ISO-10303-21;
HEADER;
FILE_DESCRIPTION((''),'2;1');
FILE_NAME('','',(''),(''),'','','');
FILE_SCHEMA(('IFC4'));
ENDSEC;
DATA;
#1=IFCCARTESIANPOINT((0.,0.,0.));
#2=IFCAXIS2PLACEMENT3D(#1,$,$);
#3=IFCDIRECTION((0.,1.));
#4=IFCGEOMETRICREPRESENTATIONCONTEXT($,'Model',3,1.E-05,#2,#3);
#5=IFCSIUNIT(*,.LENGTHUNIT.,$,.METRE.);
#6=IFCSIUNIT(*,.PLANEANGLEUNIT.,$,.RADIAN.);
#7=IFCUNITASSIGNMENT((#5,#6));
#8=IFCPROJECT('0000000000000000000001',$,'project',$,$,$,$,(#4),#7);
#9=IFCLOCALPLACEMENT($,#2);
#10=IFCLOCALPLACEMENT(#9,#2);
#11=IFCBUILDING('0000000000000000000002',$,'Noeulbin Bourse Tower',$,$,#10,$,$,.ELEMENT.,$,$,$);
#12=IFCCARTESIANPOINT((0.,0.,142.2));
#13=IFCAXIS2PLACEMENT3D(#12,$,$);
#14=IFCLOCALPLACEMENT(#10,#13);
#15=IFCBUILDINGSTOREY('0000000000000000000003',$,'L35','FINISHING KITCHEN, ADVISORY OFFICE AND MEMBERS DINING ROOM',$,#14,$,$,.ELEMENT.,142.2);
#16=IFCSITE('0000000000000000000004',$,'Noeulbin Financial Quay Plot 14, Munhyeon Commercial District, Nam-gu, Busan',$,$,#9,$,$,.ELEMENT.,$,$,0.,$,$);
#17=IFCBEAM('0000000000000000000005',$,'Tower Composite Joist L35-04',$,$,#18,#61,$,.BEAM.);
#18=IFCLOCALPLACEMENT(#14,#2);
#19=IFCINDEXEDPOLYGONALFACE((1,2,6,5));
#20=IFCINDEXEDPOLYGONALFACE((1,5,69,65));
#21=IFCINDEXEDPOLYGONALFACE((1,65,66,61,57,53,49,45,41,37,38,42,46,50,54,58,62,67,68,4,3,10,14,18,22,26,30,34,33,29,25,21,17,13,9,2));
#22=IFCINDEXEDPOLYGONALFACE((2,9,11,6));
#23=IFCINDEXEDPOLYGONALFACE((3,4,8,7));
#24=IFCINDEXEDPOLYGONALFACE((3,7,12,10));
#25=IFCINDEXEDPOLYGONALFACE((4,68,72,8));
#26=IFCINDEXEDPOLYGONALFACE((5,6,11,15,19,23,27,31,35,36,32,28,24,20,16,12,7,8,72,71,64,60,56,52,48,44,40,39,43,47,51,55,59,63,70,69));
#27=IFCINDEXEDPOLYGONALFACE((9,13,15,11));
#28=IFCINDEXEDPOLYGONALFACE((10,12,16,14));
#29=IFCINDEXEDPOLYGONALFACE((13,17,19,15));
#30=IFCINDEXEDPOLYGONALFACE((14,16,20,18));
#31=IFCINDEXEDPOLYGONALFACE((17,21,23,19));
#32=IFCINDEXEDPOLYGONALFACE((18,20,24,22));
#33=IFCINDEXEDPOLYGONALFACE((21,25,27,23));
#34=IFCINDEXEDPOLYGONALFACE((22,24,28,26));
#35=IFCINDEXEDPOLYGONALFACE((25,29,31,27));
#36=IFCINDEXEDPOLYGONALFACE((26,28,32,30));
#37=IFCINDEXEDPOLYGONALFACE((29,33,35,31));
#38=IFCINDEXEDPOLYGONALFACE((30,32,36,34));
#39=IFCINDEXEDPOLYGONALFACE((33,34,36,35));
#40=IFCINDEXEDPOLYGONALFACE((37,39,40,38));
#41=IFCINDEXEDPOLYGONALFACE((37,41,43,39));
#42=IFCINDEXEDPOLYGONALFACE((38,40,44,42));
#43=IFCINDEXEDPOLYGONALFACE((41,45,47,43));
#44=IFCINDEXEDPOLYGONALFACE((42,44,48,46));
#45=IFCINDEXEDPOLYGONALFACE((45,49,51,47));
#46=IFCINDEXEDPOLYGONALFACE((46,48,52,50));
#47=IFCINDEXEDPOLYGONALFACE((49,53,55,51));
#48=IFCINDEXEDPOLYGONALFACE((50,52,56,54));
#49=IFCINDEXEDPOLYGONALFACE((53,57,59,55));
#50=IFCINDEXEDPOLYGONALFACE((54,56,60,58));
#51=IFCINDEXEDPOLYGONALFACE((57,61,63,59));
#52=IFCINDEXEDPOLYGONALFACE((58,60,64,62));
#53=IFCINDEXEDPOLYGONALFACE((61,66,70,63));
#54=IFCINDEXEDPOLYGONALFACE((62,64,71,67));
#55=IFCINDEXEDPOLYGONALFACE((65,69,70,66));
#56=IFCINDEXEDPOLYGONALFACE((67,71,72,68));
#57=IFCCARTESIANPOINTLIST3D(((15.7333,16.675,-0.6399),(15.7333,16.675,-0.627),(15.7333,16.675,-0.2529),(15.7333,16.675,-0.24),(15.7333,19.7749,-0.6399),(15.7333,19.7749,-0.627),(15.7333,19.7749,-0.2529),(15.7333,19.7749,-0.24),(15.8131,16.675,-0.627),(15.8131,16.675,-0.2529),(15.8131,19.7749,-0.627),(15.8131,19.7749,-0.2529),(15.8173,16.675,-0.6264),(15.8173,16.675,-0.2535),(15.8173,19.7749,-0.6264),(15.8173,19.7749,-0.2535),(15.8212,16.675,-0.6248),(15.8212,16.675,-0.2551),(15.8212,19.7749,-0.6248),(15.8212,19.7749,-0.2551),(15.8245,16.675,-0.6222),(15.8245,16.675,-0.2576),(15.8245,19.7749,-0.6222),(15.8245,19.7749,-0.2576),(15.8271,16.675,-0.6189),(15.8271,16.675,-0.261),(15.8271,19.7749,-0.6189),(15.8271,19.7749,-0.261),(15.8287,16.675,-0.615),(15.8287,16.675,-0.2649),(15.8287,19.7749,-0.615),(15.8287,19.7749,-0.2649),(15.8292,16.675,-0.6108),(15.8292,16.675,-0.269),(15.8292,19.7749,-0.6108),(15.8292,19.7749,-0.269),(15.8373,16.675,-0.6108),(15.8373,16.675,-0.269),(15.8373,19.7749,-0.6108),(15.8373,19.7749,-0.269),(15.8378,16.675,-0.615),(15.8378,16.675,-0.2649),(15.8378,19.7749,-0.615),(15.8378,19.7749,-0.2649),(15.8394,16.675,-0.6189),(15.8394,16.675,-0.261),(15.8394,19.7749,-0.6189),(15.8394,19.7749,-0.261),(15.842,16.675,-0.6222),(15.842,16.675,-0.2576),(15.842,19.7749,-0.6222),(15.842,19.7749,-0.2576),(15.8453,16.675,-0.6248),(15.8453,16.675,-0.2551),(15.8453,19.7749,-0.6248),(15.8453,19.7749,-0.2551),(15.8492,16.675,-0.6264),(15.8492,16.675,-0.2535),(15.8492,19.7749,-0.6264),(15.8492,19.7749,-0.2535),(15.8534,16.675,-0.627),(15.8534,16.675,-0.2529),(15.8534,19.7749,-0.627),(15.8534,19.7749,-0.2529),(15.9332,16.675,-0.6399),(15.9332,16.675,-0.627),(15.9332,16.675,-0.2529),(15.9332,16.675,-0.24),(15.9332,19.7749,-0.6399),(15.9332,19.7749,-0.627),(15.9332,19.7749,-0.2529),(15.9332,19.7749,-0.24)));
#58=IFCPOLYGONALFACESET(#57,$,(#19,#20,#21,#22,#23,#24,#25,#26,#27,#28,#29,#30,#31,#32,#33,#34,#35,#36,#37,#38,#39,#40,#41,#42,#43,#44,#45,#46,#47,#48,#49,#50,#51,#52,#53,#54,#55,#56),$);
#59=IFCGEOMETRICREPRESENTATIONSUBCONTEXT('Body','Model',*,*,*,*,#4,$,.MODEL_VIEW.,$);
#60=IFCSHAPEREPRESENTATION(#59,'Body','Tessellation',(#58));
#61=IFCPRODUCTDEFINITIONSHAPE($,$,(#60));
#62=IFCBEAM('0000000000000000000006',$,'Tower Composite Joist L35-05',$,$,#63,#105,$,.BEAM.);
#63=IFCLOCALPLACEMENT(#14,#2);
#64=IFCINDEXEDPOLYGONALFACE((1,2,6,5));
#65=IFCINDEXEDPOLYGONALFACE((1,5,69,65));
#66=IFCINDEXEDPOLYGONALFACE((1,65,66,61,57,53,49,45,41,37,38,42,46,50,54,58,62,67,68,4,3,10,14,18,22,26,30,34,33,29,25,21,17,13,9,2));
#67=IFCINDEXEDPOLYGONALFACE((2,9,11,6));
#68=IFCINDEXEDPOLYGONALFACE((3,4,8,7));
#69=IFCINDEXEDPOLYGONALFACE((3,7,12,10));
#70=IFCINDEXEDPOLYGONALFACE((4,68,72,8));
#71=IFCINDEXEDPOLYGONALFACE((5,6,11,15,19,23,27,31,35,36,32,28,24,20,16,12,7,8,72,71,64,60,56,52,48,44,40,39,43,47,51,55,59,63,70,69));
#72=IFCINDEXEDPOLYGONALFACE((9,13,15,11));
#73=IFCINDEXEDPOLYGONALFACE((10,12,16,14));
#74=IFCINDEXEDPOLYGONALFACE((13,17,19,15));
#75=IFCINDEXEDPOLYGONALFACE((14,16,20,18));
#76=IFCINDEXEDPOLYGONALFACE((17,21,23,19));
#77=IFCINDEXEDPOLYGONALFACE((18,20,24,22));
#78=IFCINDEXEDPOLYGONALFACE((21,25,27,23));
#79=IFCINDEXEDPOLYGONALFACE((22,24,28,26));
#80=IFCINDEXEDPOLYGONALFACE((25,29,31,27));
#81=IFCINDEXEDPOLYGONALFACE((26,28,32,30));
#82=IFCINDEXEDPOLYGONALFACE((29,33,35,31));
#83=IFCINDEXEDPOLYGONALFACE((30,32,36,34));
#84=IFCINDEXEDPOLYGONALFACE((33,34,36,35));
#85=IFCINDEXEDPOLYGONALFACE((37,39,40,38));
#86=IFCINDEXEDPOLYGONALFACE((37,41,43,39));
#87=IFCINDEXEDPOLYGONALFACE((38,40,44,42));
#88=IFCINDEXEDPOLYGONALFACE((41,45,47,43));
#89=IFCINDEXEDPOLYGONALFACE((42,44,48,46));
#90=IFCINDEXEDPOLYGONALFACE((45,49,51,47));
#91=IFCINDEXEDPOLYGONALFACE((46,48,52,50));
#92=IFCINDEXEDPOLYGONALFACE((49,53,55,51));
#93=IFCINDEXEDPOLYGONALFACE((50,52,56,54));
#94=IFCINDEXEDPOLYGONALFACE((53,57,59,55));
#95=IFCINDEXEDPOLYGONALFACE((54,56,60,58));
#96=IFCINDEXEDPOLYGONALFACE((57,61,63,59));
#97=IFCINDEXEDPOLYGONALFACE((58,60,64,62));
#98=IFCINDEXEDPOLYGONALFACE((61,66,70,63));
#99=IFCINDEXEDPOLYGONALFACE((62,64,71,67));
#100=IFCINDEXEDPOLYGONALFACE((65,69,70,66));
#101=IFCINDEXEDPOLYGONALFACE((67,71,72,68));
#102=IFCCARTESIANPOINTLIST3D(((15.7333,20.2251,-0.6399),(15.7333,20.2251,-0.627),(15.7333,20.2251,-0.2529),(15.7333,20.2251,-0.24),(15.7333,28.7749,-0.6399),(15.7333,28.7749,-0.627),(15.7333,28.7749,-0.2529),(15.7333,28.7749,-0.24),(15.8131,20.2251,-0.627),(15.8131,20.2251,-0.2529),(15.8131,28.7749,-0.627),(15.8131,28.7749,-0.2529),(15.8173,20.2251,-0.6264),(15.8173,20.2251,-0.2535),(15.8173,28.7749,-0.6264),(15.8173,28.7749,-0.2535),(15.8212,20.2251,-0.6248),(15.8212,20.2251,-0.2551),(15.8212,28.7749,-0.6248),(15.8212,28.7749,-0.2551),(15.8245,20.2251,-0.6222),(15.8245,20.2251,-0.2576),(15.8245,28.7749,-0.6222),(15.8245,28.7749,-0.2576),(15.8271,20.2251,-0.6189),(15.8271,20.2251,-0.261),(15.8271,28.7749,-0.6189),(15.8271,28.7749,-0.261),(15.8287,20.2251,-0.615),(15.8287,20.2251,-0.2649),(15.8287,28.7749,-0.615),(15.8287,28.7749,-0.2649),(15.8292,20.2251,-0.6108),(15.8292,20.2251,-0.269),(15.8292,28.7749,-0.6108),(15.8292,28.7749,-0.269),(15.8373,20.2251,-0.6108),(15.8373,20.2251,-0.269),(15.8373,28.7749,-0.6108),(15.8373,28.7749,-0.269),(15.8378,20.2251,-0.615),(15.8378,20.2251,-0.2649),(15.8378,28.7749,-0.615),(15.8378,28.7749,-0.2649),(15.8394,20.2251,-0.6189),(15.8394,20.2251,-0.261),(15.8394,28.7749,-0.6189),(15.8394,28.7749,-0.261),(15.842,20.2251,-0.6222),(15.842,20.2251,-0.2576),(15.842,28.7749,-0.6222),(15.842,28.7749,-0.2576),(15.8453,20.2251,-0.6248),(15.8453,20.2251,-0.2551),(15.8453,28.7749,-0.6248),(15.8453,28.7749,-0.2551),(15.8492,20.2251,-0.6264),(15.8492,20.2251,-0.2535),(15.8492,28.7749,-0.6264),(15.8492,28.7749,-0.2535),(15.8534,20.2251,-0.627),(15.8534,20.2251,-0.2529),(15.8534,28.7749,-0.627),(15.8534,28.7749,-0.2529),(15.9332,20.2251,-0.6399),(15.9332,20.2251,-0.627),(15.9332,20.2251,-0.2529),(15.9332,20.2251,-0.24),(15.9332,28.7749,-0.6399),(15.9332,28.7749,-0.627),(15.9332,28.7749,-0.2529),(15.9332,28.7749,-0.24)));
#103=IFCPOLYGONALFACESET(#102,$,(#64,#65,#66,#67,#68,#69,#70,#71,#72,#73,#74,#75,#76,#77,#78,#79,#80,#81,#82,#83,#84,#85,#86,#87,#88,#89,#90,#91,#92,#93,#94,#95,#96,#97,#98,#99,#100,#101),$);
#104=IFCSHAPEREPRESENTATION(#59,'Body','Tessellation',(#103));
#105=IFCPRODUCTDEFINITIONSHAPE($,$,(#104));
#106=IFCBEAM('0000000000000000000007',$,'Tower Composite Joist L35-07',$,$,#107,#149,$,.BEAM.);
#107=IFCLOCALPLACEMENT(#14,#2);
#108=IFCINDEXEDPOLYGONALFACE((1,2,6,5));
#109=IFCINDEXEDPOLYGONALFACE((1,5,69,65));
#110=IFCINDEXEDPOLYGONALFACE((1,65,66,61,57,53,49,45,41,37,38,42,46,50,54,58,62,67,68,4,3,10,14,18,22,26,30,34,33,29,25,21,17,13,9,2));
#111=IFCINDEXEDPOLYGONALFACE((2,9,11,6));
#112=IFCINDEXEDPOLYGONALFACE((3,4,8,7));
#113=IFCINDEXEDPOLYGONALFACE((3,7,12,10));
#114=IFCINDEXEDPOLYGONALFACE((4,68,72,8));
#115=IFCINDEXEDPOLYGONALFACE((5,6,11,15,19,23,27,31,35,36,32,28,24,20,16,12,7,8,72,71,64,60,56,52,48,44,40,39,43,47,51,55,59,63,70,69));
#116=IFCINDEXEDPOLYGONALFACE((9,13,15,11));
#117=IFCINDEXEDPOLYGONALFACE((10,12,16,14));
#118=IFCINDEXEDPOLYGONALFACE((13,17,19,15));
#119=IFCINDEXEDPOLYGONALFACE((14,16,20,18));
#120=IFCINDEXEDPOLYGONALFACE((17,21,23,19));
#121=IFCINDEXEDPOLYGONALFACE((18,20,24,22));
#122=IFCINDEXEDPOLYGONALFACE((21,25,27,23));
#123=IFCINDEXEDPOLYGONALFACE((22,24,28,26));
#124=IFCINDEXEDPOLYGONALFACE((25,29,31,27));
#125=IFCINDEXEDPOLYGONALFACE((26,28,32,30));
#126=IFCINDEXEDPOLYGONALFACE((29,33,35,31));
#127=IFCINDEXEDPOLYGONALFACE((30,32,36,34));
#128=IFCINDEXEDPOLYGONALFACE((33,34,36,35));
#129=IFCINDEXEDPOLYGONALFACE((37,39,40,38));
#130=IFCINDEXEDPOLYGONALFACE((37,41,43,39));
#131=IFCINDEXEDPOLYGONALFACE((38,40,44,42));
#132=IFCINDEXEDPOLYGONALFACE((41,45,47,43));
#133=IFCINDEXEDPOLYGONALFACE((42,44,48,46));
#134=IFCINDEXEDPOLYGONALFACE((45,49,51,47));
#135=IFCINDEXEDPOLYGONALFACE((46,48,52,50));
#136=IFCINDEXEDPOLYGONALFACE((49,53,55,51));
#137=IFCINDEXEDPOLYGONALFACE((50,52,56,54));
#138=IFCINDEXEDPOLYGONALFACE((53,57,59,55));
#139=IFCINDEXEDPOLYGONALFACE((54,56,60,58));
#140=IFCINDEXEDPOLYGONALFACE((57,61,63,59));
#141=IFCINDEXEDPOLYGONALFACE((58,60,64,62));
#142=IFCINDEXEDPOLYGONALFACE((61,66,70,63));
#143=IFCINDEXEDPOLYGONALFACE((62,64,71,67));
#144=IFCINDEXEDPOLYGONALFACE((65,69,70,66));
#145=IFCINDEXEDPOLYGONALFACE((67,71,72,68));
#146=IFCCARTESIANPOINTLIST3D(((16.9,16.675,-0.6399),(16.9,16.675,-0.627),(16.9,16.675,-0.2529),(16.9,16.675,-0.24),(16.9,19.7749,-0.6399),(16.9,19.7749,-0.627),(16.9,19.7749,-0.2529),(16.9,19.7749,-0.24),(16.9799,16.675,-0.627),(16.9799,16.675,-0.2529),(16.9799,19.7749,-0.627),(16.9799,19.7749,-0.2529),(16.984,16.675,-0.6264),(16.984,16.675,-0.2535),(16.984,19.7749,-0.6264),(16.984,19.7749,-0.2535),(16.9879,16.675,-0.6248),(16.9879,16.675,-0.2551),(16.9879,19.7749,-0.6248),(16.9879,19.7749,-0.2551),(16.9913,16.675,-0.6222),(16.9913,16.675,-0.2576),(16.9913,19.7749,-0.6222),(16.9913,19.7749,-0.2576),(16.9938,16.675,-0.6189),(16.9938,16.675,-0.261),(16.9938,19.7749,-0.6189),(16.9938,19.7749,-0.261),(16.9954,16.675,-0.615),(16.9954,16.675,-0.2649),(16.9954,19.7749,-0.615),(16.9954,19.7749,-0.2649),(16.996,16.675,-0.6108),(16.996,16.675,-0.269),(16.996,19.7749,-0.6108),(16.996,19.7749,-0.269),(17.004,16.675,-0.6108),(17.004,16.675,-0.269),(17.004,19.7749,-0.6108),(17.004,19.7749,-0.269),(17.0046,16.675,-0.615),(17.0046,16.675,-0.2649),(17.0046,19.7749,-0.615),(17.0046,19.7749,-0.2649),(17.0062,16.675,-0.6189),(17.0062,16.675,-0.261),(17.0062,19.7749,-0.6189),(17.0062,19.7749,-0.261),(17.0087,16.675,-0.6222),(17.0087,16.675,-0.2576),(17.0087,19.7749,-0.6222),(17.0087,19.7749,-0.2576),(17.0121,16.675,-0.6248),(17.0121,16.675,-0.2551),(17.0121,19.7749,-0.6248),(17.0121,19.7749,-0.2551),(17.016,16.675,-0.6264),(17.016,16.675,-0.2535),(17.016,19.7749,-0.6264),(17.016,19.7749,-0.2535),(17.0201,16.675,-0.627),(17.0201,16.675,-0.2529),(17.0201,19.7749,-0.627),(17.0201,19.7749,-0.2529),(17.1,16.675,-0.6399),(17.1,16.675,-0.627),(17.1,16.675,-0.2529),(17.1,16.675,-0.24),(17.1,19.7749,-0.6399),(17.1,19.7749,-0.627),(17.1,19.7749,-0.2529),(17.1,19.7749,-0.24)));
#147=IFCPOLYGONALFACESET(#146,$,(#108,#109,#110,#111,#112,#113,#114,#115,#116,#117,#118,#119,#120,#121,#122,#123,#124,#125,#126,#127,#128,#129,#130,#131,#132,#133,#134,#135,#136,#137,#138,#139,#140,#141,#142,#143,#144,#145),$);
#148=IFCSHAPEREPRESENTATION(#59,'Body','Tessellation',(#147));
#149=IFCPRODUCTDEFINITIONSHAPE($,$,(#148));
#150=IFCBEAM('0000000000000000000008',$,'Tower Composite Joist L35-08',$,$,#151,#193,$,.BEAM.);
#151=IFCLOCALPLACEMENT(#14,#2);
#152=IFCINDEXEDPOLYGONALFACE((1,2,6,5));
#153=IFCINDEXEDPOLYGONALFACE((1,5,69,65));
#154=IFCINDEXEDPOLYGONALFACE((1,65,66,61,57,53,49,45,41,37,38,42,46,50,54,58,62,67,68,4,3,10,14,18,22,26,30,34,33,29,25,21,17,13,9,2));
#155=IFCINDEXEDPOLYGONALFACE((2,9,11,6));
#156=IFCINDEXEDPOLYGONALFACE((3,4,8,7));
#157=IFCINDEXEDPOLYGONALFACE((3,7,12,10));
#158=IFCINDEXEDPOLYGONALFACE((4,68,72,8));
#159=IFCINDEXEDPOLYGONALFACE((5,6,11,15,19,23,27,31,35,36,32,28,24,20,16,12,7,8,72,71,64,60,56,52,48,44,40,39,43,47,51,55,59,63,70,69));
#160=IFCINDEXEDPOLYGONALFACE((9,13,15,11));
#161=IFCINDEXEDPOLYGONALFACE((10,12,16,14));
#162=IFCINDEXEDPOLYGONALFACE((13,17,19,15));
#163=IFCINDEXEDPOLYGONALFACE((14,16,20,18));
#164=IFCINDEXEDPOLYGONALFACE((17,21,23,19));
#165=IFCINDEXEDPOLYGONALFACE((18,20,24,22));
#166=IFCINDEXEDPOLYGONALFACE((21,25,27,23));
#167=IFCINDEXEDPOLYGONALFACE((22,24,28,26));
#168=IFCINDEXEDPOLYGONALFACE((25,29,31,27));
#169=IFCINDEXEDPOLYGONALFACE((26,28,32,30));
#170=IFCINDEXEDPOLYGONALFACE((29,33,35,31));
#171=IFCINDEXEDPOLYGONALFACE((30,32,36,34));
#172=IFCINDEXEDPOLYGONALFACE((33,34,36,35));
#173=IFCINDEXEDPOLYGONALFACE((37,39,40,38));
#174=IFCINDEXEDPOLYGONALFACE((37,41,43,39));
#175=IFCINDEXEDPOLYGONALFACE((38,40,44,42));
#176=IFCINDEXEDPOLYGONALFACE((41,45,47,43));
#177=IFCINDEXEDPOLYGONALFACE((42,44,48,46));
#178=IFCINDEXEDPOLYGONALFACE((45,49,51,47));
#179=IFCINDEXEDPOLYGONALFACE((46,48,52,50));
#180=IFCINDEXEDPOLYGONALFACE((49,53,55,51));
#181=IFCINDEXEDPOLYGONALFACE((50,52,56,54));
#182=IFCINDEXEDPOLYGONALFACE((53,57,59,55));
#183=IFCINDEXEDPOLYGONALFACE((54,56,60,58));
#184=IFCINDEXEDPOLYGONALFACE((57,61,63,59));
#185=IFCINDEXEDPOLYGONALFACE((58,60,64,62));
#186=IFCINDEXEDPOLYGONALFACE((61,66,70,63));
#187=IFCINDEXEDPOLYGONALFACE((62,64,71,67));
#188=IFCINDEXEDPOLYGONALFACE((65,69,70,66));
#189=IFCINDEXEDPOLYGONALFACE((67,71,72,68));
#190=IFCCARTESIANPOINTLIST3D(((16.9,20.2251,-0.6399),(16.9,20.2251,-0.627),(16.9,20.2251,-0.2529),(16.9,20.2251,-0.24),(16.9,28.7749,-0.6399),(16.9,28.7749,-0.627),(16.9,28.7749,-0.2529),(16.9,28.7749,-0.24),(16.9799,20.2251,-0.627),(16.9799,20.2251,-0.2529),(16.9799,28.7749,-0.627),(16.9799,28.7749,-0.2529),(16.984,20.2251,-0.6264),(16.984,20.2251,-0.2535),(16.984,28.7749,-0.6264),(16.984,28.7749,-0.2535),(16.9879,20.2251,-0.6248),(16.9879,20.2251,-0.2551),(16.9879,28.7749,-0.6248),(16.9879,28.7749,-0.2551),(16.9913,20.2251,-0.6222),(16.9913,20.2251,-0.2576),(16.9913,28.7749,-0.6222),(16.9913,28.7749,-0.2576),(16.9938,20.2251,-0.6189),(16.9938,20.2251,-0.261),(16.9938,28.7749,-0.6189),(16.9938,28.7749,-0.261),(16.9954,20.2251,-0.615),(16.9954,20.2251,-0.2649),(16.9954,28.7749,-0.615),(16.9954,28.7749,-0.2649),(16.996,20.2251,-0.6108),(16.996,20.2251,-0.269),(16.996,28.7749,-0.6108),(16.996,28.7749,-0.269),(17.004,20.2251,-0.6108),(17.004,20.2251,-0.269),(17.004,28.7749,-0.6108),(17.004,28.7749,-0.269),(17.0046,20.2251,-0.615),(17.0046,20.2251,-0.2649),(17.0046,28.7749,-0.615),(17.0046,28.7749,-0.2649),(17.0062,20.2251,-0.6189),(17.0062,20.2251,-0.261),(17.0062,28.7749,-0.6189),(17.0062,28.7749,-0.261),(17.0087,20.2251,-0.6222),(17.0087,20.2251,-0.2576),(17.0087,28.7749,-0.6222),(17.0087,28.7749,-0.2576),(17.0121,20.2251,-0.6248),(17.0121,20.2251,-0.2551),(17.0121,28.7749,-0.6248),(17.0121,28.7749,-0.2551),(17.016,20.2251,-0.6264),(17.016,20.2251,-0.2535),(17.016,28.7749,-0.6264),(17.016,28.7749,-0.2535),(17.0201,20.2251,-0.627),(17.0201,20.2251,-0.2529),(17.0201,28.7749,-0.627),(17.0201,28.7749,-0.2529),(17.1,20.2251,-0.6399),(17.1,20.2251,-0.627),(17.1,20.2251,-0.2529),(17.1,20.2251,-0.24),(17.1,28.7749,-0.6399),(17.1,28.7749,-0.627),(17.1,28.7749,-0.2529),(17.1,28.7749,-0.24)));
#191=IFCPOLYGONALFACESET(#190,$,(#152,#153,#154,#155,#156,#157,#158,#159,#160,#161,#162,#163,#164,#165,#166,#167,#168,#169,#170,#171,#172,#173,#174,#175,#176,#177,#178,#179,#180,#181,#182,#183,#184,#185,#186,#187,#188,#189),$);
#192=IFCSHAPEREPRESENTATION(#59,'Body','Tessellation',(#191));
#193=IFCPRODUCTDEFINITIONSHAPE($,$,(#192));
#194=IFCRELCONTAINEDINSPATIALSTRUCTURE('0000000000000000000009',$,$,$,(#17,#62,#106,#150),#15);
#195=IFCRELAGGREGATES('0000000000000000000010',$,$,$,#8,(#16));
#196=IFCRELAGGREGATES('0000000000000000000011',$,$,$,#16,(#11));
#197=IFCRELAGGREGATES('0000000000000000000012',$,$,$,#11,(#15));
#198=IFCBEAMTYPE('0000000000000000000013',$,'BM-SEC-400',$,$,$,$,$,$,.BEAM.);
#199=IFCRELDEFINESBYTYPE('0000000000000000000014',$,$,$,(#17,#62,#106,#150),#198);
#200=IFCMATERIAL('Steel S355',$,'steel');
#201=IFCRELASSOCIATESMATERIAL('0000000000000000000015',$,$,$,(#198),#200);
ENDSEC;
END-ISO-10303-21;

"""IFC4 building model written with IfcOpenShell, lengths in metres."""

from ifc_helpers import new_model, si_unit, direction, frame, origin, origin_2d, place, context, subcontext, project, spatial, i_section, extrude, material, material_profile, profile_set, type_object, element, save


model = new_model("IFC4")

# Units and contexts
model_context = context("Model", 3, precision=1e-05, world=origin(), true_north=direction((0.0, 1.0)))
body_context = subcontext(model_context, "Body", "Model", "MODEL_VIEW")
ifc_project = project(units=[si_unit("LENGTHUNIT", "METRE"), si_unit("PLANEANGLEUNIT", "RADIAN")], contexts=[model_context])

# Site, building, storey
site_placement = place(None, origin())
site = spatial("IfcSite", under=ifc_project, at=site_placement, Name="Noeulbin Financial Quay Plot 14, Munhyeon Commercial District, Nam-gu, Busan", CompositionType="ELEMENT", RefElevation=0.0)
building_placement = place(site_placement, origin())
building = spatial("IfcBuilding", under=site, at=building_placement, Name="Noeulbin Bourse Tower", CompositionType="ELEMENT")
storey_placement = place(building_placement, frame((0.0, 0.0, 142.2)))
storey = spatial("IfcBuildingStorey", under=building, at=storey_placement, Name="L35", Description="FINISHING KITCHEN, ADVISORY OFFICE AND MEMBERS DINING ROOM", CompositionType="ELEMENT", Elevation=142.2)

# Shared definitions
ifc_material_1 = material(Name="Steel S355", Category="steel")

# Beams
ifc_material_profile_1 = material_profile(ifc_material_1, i_section(OverallWidth=0.2, OverallDepth=0.3999, WebThickness=0.0081, FlangeThickness=0.0129, FilletRadius=0.0161, at=origin_2d()), Name="H-400x200x8x13", Category="LoadBearing")
ifc_profile_set_1 = profile_set([ifc_material_profile_1], Name="Steel S355")
beam_type_1 = type_object("IfcBeamType", Name="BM-SEC-400", PredefinedType="BEAM", material=ifc_profile_set_1)
beam_1_placement = place(storey_placement, frame((15.8333, 16.675, -0.4399), z_axis=(0.0, 1.0, 0.0), x_axis=(-1.0, 0.0, 0.0)))
element("IfcBeam", 1, at=beam_1_placement, inside=storey, type_object=beam_type_1, Name="Tower Composite Joist L35-04", PredefinedType="BEAM", context=body_context, shape_type="SweptSolid", body=[
    extrude(i_section(OverallWidth=0.2, OverallDepth=0.3999, WebThickness=0.0081, FlangeThickness=0.0129, FilletRadius=0.0161, at=origin_2d()), origin(), (0.0, 0.0, 1.0), 3.0999),
])
beam_2_placement = place(storey_placement, frame((15.8333, 20.2251, -0.4399), z_axis=(0.0, 1.0, 0.0), x_axis=(-1.0, 0.0, 0.0)))
element("IfcBeam", 2, at=beam_2_placement, inside=storey, type_object=beam_type_1, Name="Tower Composite Joist L35-05", PredefinedType="BEAM", context=body_context, shape_type="SweptSolid", body=[
    extrude(i_section(OverallWidth=0.2, OverallDepth=0.3999, WebThickness=0.0081, FlangeThickness=0.0129, FilletRadius=0.0161, at=origin_2d()), origin(), (0.0, 0.0, 1.0), 8.5498),
])
beam_3_placement = place(storey_placement, frame((17.0, 16.675, -0.4399), z_axis=(0.0, 1.0, 0.0), x_axis=(-1.0, 0.0, 0.0)))
element("IfcBeam", 3, at=beam_3_placement, inside=storey, type_object=beam_type_1, Name="Tower Composite Joist L35-07", PredefinedType="BEAM", context=body_context, shape_type="SweptSolid", body=[
    extrude(i_section(OverallWidth=0.2, OverallDepth=0.3999, WebThickness=0.0081, FlangeThickness=0.0129, FilletRadius=0.0161, at=origin_2d()), origin(), (0.0, 0.0, 1.0), 3.0999),
])
beam_4_placement = place(storey_placement, frame((17.0, 20.2251, -0.4399), z_axis=(0.0, 1.0, 0.0), x_axis=(-1.0, 0.0, 0.0)))
element("IfcBeam", 4, at=beam_4_placement, inside=storey, type_object=beam_type_1, Name="Tower Composite Joist L35-08", PredefinedType="BEAM", context=body_context, shape_type="SweptSolid", body=[
    extrude(i_section(OverallWidth=0.2, OverallDepth=0.3999, WebThickness=0.0081, FlangeThickness=0.0129, FilletRadius=0.0161, at=origin_2d()), origin(), (0.0, 0.0, 1.0), 8.5498),
])

save(model, "model.ifc")
